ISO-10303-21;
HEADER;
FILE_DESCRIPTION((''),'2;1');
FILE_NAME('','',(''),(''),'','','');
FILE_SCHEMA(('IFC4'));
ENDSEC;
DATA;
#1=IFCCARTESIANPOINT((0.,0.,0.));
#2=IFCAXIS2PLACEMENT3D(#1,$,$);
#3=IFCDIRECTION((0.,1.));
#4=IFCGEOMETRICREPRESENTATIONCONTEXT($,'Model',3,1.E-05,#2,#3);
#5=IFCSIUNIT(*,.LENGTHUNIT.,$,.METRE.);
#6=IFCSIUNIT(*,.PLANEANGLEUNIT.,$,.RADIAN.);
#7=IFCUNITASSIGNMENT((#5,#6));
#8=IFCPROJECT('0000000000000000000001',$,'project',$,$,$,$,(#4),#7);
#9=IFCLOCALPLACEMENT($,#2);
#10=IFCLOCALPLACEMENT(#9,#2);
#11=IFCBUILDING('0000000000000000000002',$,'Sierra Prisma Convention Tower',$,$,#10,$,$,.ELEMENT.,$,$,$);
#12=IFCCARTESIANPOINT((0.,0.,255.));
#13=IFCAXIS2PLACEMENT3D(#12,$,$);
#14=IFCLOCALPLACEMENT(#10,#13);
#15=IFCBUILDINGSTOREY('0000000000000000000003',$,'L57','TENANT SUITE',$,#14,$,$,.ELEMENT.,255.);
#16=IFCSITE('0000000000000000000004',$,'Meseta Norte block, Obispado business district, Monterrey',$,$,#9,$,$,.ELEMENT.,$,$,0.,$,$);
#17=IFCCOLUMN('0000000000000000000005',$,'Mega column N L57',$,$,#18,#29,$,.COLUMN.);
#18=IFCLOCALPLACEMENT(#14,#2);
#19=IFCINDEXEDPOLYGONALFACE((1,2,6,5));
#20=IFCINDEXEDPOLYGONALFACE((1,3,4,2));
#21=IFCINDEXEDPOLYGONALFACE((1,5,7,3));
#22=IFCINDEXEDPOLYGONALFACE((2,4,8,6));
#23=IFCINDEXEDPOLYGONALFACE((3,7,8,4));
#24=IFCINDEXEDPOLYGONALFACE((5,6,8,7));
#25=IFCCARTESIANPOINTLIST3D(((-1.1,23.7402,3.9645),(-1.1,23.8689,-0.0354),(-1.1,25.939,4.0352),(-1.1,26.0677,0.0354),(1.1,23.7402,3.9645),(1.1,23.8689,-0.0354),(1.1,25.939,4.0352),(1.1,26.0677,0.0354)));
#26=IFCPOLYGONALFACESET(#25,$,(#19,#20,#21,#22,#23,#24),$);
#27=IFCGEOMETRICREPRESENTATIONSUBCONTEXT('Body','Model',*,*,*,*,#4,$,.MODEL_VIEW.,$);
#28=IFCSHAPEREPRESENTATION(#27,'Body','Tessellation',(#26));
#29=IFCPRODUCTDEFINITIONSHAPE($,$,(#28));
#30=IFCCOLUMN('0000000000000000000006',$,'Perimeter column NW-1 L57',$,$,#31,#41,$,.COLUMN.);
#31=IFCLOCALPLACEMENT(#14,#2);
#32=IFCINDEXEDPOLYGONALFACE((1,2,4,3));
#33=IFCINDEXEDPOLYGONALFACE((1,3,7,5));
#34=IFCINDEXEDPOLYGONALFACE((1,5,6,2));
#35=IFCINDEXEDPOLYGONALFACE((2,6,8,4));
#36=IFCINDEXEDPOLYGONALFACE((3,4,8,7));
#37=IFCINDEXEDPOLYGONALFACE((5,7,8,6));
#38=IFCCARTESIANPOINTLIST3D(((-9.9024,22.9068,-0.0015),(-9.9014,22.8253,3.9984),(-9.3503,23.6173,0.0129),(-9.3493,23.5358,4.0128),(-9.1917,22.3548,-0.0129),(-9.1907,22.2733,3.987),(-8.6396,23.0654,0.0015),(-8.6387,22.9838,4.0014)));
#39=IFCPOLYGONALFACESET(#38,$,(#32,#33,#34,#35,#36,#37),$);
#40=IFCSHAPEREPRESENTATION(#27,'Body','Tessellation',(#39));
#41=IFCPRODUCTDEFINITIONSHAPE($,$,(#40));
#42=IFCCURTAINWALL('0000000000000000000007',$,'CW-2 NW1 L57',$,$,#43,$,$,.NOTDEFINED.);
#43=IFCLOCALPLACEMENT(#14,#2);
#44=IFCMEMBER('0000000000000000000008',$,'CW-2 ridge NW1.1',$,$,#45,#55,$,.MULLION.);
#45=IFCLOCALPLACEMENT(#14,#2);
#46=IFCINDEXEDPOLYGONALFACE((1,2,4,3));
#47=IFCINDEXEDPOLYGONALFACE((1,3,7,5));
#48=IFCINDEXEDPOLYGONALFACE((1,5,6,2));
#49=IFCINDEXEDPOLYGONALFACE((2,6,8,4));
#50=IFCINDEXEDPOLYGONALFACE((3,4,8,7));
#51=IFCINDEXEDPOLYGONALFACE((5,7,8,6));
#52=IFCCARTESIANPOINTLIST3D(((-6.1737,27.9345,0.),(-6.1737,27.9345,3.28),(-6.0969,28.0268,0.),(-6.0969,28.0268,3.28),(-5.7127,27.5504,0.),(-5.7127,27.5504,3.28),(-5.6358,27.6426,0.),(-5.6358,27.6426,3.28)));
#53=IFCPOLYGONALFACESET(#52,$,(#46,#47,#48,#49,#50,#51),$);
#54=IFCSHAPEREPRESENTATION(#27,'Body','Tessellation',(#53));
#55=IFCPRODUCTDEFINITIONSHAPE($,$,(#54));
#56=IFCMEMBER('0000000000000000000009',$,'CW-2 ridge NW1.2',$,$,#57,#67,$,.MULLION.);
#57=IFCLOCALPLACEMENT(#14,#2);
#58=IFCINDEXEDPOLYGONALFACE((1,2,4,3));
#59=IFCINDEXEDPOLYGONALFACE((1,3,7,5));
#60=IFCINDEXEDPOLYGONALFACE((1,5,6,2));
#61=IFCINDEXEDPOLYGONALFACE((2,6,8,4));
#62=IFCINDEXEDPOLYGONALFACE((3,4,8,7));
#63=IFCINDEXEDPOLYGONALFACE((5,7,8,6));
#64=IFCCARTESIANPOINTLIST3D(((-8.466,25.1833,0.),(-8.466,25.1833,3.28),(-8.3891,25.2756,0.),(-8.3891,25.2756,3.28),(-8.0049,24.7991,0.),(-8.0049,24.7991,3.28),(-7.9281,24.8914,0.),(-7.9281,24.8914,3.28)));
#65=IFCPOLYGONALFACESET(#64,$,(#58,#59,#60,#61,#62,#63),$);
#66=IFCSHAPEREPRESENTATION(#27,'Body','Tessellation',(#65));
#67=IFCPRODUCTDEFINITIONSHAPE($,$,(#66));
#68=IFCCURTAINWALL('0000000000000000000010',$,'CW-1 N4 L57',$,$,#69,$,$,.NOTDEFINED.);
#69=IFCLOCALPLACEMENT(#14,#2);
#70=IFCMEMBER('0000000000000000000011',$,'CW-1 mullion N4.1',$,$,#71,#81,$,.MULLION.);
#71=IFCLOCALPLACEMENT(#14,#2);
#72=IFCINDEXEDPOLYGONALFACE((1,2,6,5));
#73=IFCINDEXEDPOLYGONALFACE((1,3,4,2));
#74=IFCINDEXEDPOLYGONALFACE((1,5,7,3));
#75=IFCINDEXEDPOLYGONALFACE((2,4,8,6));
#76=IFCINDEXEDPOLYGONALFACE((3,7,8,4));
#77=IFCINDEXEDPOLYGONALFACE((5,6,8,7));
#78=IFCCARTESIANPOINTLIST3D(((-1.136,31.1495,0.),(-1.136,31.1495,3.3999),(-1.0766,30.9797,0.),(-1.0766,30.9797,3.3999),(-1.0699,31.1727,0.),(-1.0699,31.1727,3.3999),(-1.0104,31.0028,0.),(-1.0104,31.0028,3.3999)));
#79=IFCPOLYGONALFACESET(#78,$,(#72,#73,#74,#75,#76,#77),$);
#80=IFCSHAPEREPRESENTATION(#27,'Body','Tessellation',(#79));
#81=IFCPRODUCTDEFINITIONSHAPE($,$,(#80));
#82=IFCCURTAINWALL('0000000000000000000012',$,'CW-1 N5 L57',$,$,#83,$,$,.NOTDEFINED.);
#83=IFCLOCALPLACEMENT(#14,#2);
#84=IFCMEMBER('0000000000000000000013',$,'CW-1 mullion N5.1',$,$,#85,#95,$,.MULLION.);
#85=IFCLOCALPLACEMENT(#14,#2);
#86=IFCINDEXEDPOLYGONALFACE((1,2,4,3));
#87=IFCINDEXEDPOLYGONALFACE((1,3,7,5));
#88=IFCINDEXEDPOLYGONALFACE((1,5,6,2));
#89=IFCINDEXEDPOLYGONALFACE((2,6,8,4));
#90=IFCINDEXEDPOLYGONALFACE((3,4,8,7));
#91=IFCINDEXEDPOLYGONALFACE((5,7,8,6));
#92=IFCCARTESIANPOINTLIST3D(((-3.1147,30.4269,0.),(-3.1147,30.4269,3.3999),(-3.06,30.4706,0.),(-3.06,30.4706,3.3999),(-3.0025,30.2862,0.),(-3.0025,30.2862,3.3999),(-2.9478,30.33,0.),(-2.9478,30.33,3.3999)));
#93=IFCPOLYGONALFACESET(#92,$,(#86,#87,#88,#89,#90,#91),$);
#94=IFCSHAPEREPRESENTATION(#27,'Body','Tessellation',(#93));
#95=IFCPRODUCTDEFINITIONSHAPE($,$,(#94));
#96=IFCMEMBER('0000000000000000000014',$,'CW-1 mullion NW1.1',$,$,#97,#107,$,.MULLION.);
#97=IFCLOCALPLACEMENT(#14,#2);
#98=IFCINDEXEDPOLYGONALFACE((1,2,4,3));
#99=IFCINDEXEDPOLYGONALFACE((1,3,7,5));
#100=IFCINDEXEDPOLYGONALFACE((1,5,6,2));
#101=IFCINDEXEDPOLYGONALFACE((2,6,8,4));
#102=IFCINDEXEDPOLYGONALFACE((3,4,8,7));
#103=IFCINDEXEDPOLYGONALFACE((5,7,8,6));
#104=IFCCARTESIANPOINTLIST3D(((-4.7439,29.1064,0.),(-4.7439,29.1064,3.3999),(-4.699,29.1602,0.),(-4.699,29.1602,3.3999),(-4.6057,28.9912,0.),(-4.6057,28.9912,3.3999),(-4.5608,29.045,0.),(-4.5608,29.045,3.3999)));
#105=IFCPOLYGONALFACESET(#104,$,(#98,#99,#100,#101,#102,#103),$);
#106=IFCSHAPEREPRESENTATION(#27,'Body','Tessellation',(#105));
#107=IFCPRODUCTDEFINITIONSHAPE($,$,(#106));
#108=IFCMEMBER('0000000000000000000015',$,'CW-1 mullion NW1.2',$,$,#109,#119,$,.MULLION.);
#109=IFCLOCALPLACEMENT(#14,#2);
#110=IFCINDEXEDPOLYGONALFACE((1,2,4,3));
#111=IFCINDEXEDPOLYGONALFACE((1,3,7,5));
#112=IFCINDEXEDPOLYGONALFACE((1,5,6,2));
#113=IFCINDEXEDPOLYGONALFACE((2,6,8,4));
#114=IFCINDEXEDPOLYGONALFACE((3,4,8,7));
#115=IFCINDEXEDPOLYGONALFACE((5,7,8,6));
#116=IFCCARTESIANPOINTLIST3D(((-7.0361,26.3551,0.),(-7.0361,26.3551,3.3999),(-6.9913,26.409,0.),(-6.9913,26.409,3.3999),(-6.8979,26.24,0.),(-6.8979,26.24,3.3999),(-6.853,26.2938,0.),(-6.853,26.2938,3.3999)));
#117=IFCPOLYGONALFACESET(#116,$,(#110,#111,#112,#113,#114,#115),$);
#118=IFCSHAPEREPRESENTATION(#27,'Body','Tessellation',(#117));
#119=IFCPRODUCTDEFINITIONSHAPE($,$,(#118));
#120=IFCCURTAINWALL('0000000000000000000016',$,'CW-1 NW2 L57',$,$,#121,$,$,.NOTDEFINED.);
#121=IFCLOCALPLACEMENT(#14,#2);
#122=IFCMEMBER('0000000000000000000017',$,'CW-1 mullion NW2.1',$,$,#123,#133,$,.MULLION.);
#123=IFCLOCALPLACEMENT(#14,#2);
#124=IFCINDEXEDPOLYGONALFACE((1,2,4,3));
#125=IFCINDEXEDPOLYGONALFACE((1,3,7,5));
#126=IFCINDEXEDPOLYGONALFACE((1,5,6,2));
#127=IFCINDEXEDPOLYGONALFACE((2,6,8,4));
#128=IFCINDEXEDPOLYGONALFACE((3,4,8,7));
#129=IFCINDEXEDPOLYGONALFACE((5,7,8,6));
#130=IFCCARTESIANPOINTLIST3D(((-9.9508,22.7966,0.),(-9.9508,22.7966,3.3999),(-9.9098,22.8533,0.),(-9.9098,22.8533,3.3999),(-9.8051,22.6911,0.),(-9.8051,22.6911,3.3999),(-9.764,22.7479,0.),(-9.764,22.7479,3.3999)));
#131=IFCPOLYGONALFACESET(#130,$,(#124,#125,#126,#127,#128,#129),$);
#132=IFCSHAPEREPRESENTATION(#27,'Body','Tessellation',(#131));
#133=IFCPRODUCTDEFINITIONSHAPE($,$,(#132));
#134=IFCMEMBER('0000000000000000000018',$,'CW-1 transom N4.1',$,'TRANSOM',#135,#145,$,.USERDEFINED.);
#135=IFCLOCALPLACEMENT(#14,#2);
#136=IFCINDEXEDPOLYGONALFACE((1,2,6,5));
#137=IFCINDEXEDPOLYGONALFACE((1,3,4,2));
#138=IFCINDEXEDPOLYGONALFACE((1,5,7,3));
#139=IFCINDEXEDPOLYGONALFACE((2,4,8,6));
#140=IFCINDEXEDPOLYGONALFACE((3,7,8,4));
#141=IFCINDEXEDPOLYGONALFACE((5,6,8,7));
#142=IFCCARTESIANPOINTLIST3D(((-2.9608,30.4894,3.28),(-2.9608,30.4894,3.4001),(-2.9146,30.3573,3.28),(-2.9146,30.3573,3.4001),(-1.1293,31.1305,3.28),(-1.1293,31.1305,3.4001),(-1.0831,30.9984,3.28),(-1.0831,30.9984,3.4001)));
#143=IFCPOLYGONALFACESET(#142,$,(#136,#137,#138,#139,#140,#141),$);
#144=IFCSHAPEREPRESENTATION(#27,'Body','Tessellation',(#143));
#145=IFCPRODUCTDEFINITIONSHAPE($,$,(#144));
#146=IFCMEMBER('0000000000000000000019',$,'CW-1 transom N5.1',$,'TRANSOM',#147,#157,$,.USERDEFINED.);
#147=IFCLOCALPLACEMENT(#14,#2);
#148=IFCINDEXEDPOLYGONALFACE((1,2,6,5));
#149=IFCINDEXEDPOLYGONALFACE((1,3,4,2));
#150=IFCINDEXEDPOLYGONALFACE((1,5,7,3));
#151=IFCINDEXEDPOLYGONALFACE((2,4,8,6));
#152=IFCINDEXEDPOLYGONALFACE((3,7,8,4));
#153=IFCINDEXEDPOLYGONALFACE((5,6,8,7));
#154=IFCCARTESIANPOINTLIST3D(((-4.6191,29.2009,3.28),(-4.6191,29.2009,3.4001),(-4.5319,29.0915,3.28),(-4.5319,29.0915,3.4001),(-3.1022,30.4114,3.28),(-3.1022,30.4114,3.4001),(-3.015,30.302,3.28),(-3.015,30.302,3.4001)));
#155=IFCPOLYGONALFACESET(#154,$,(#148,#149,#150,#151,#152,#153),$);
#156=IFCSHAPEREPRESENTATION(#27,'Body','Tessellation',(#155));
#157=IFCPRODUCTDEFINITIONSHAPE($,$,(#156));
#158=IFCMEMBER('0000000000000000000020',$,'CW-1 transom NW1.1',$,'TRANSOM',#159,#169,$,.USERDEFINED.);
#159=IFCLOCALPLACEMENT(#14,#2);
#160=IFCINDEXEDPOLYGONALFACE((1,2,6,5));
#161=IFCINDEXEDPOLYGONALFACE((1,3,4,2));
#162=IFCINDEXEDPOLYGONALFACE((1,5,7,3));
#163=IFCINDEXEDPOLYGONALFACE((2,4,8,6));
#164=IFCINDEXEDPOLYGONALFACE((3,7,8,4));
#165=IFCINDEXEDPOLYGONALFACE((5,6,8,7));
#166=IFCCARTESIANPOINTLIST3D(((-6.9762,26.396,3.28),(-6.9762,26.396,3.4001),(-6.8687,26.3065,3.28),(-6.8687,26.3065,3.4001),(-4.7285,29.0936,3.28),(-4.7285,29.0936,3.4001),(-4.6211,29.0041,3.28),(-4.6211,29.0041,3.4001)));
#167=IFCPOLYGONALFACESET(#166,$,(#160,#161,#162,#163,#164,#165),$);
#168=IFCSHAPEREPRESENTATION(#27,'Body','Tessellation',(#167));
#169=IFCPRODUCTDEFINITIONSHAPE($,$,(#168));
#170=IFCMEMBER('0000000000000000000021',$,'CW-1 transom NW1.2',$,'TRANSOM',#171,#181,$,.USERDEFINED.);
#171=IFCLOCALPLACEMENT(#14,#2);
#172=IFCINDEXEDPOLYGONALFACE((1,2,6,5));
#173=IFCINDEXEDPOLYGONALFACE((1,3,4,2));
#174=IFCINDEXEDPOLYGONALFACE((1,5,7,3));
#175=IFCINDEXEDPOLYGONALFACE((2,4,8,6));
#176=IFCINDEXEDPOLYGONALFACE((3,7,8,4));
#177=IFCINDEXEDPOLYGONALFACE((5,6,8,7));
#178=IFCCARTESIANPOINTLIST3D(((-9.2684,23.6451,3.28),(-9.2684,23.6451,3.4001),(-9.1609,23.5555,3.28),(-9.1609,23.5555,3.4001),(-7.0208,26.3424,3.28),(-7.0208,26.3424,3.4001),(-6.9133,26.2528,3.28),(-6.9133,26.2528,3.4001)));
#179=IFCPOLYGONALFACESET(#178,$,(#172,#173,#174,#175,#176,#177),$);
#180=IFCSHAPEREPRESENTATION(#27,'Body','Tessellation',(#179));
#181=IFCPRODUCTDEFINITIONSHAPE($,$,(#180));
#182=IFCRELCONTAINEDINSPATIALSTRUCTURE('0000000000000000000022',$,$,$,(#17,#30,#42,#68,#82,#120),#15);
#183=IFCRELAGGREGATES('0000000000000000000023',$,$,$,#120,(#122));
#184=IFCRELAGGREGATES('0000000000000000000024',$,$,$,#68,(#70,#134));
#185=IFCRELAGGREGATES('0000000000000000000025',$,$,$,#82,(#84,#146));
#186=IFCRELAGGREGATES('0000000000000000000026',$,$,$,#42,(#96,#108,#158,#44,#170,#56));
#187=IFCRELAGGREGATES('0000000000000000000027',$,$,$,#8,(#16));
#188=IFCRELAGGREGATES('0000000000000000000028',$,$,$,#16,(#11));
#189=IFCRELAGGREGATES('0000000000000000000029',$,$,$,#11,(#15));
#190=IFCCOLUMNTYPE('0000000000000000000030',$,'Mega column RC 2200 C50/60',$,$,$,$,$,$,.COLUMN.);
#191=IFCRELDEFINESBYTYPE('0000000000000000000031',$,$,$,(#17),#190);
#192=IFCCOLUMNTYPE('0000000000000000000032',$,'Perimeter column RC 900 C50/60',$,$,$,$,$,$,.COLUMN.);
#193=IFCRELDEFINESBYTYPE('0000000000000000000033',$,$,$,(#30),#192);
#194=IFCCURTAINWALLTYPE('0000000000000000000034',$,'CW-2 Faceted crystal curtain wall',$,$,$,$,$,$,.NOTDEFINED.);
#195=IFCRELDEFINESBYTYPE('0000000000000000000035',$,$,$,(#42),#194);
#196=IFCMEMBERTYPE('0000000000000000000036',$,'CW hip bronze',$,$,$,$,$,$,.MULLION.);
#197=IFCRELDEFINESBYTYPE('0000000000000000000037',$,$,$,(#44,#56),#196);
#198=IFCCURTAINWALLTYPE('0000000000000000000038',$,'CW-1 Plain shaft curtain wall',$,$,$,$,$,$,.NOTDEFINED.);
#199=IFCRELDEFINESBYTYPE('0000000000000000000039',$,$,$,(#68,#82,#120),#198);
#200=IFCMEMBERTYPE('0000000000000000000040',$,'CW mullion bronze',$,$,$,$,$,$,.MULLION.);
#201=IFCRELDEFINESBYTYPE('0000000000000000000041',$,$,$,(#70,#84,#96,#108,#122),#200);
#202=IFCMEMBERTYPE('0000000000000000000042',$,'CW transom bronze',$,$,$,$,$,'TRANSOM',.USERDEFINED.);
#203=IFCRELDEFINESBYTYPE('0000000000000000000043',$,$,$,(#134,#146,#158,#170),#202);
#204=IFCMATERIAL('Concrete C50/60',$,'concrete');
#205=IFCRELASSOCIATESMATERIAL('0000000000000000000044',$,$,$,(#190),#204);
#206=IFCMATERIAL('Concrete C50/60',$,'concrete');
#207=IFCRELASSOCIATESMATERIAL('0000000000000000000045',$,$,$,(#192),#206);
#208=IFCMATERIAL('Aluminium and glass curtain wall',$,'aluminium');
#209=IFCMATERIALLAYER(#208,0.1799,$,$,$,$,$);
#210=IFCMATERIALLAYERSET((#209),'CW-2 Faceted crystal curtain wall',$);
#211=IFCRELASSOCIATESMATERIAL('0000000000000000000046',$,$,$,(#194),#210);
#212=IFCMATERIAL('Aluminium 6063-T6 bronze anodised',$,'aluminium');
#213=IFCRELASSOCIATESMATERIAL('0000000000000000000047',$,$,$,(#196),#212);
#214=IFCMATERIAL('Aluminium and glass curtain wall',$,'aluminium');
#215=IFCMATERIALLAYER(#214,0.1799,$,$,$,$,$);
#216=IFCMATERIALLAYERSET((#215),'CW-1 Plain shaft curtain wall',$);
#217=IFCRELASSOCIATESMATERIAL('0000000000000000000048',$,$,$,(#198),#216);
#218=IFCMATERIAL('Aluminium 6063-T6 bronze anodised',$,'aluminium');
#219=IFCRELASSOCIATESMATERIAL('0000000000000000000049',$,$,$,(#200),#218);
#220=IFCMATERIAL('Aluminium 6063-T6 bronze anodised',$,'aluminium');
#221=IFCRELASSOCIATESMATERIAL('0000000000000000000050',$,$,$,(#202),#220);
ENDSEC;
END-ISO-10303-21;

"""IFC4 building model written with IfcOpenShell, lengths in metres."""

from ifc_helpers import new_model, si_unit, direction, frame, origin, origin_2d, place, context, subcontext, project, spatial, rectangle, extrude, material, layer, layer_set, material_profile, profile_set, type_object, element, aggregate, save


model = new_model("IFC4")

# Units and contexts
model_context = context("Model", 3, precision=1e-05, world=origin(), true_north=direction((0.0, 1.0)))
body_context = subcontext(model_context, "Body", "Model", "MODEL_VIEW")
ifc_project = project(units=[si_unit("LENGTHUNIT", "METRE"), si_unit("PLANEANGLEUNIT", "RADIAN")], contexts=[model_context])

# Site, building, storey
site_placement = place(None, origin())
site = spatial("IfcSite", under=ifc_project, at=site_placement, Name="Meseta Norte block, Obispado business district, Monterrey", CompositionType="ELEMENT", RefElevation=0.0)
building_placement = place(site_placement, origin())
building = spatial("IfcBuilding", under=site, at=building_placement, Name="Sierra Prisma Convention Tower", CompositionType="ELEMENT")
storey_placement = place(building_placement, frame((0.0, 0.0, 255.0)))
storey = spatial("IfcBuildingStorey", under=building, at=storey_placement, Name="L57", Description="TENANT SUITE", CompositionType="ELEMENT", Elevation=255.0)

# Columns
ifc_material_1 = material(Name="Concrete C50/60", Category="concrete")
ifc_material_profile_1 = material_profile(ifc_material_1, rectangle(XDim=2.2, YDim=2.2, at=origin_2d()), Name="Mega column RC 2200 C50/60")
ifc_profile_set_1 = profile_set([ifc_material_profile_1], Name="Concrete C50/60")
column_type_1 = type_object("IfcColumnType", Name="Mega column RC 2200 C50/60", PredefinedType="COLUMN", material=ifc_profile_set_1)
column_1_placement = place(storey_placement, frame((0.0, 24.9683, 0.0), z_axis=(0.0, -0.032149, 0.999483), x_axis=(1.0, 0.0, 0.0)))
element("IfcColumn", 1, at=column_1_placement, inside=storey, type_object=column_type_1, Name="Mega column N L57", PredefinedType="COLUMN", context=body_context, shape_type="SweptSolid", body=[
    extrude(rectangle(XDim=2.2, YDim=2.2, at=origin_2d()), origin(), (0.0, 0.0, 1.0), 4.002),
])
ifc_material_2 = material(Name="Concrete C50/60", Category="concrete")
ifc_material_profile_2 = material_profile(ifc_material_2, rectangle(XDim=0.8999, YDim=0.8999, at=origin_2d()), Name="Perimeter column RC 900 C50/60")
ifc_profile_set_2 = profile_set([ifc_material_profile_2], Name="Concrete C50/60")
column_type_2 = type_object("IfcColumnType", Name="Perimeter column RC 900 C50/60", PredefinedType="COLUMN", material=ifc_profile_set_2)
column_2_placement = place(storey_placement, frame((-9.271, 22.9861, 0.0), z_axis=(0.000244, -0.020382, 0.999792), x_axis=(0.613475, 0.789553, 0.015946)))
element("IfcColumn", 2, at=column_2_placement, inside=storey, type_object=column_type_2, Name="Perimeter column NW-1 L57", PredefinedType="COLUMN", context=body_context, shape_type="SweptSolid", body=[
    extrude(rectangle(XDim=0.8999, YDim=0.8999, at=origin_2d()), origin(), (0.0, 0.0, 1.0), 4.0007),
])

# Curtain wall, members
ifc_material_3 = material(Name="Aluminium and glass curtain wall", Category="aluminium")
ifc_layer_1 = layer(ifc_material_3, 0.1799)
ifc_layer_set_1 = layer_set([ifc_layer_1], Name="CW-2 Faceted crystal curtain wall")
curtain_wall_type_1 = type_object("IfcCurtainWallType", Name="CW-2 Faceted crystal curtain wall", PredefinedType="NOTDEFINED", material=ifc_layer_set_1)
curtain_wall_1_placement = place(storey_placement, origin())
curtain_wall_1 = element("IfcCurtainWall", 3, at=curtain_wall_1_placement, inside=storey, type_object=curtain_wall_type_1, Name="CW-2 NW1 L57", PredefinedType="NOTDEFINED")
ifc_material_4 = material(Name="Aluminium 6063-T6 bronze anodised", Category="aluminium")
ifc_material_profile_3 = material_profile(ifc_material_4, rectangle(XDim=0.1201, YDim=0.6001, at=origin_2d()), Name="ALU RIDGE BLADE 120x600")
ifc_profile_set_3 = profile_set([ifc_material_profile_3], Name="Aluminium 6063-T6 bronze anodised")
member_type_1 = type_object("IfcMemberType", Name="CW hip bronze", PredefinedType="MULLION", material=ifc_profile_set_3)
member_1_placement = place(storey_placement, frame((-5.9048, 27.7886, 0.0), z_axis=(0.0, 0.0, 1.0), x_axis=(-0.64013, -0.768267, 0.0)))
member_1 = element("IfcMember", 4, at=member_1_placement, type_object=member_type_1, Name="CW-2 ridge NW1.1", PredefinedType="MULLION", context=body_context, shape_type="SweptSolid", body=[
    extrude(rectangle(XDim=0.1201, YDim=0.6001, at=origin_2d()), origin(), (0.0, 0.0, 1.0), 3.28),
])
member_2_placement = place(storey_placement, frame((-8.197, 25.0374, 0.0), z_axis=(0.0, 0.0, 1.0), x_axis=(-0.64013, -0.768267, 0.0)))
member_2 = element("IfcMember", 5, at=member_2_placement, type_object=member_type_1, Name="CW-2 ridge NW1.2", PredefinedType="MULLION", context=body_context, shape_type="SweptSolid", body=[
    extrude(rectangle(XDim=0.1201, YDim=0.6001, at=origin_2d()), origin(), (0.0, 0.0, 1.0), 3.28),
])

# Curtain walls, members
ifc_material_5 = material(Name="Aluminium and glass curtain wall", Category="aluminium")
ifc_layer_2 = layer(ifc_material_5, 0.1799)
ifc_layer_set_2 = layer_set([ifc_layer_2], Name="CW-1 Plain shaft curtain wall")
curtain_wall_type_2 = type_object("IfcCurtainWallType", Name="CW-1 Plain shaft curtain wall", PredefinedType="NOTDEFINED", material=ifc_layer_set_2)
curtain_wall_2_placement = place(storey_placement, origin())
curtain_wall_2 = element("IfcCurtainWall", 6, at=curtain_wall_2_placement, inside=storey, type_object=curtain_wall_type_2, Name="CW-1 N4 L57", PredefinedType="NOTDEFINED")
ifc_material_6 = material(Name="Aluminium 6063-T6 bronze anodised", Category="aluminium")
ifc_material_profile_4 = material_profile(ifc_material_6, rectangle(XDim=0.1799, YDim=0.0701, at=origin_2d()), Name="ALU MULLION 70x180")
ifc_profile_set_4 = profile_set([ifc_material_profile_4], Name="Aluminium 6063-T6 bronze anodised")
member_type_2 = type_object("IfcMemberType", Name="CW mullion bronze", PredefinedType="MULLION", material=ifc_profile_set_4)
member_3_placement = place(storey_placement, frame((-1.0732, 31.0762, 0.0), z_axis=(0.0, 0.0, 1.0), x_axis=(0.330437, -0.943828, 0.0)))
member_3 = element("IfcMember", 7, at=member_3_placement, type_object=member_type_2, Name="CW-1 mullion N4.1", PredefinedType="MULLION", context=body_context, shape_type="SweptSolid", body=[
    extrude(rectangle(XDim=0.1799, YDim=0.0701, at=origin_2d()), origin(), (0.0, 0.0, 1.0), 3.3999),
])
curtain_wall_3_placement = place(storey_placement, origin())
curtain_wall_3 = element("IfcCurtainWall", 8, at=curtain_wall_3_placement, inside=storey, type_object=curtain_wall_type_2, Name="CW-1 N5 L57", PredefinedType="NOTDEFINED")
member_4_placement = place(storey_placement, frame((-3.0312, 30.3784, 0.0), z_axis=(0.0, 0.0, 1.0), x_axis=(0.623751, -0.781623, 0.0)))
member_4 = element("IfcMember", 9, at=member_4_placement, type_object=member_type_2, Name="CW-1 mullion N5.1", PredefinedType="MULLION", context=body_context, shape_type="SweptSolid", body=[
    extrude(rectangle(XDim=0.1799, YDim=0.0701, at=origin_2d()), origin(), (0.0, 0.0, 1.0), 3.3999),
])

# Members
member_5_placement = place(storey_placement, frame((-4.6523, 29.0757, 0.0), z_axis=(0.0, 0.0, 1.0), x_axis=(0.768267, -0.64013, 0.0)))
member_5 = element("IfcMember", 10, at=member_5_placement, type_object=member_type_2, Name="CW-1 mullion NW1.1", PredefinedType="MULLION", context=body_context, shape_type="SweptSolid", body=[
    extrude(rectangle(XDim=0.1799, YDim=0.0701, at=origin_2d()), origin(), (0.0, 0.0, 1.0), 3.3999),
])
member_6_placement = place(storey_placement, frame((-6.9446, 26.3245, 0.0), z_axis=(0.0, 0.0, 1.0), x_axis=(0.768267, -0.64013, 0.0)))
member_6 = element("IfcMember", 11, at=member_6_placement, type_object=member_type_2, Name="CW-1 mullion NW1.2", PredefinedType="MULLION", context=body_context, shape_type="SweptSolid", body=[
    extrude(rectangle(XDim=0.1799, YDim=0.0701, at=origin_2d()), origin(), (0.0, 0.0, 1.0), 3.3999),
])

# Curtain wall, member
curtain_wall_4_placement = place(storey_placement, origin())
curtain_wall_4 = element("IfcCurtainWall", 12, at=curtain_wall_4_placement, inside=storey, type_object=curtain_wall_type_2, Name="CW-1 NW2 L57", PredefinedType="NOTDEFINED")
member_7_placement = place(storey_placement, frame((-9.8574, 22.7722, 0.0), z_axis=(0.0, 0.0, 1.0), x_axis=(0.810237, -0.586102, 0.0)))
member_7 = element("IfcMember", 13, at=member_7_placement, type_object=member_type_2, Name="CW-1 mullion NW2.1", PredefinedType="MULLION", context=body_context, shape_type="SweptSolid", body=[
    extrude(rectangle(XDim=0.1799, YDim=0.0701, at=origin_2d()), origin(), (0.0, 0.0, 1.0), 3.3999),
])
aggregate(curtain_wall_4, [member_7])

# Members
ifc_material_7 = material(Name="Aluminium 6063-T6 bronze anodised", Category="aluminium")
ifc_material_profile_5 = material_profile(ifc_material_7, rectangle(XDim=0.1399, YDim=0.1201, at=origin_2d()), Name="ALU TRANSOM 120x140")
ifc_profile_set_5 = profile_set([ifc_material_profile_5], Name="Aluminium 6063-T6 bronze anodised")
member_type_3 = type_object("IfcMemberType", Name="CW transom bronze", ElementType="TRANSOM", PredefinedType="USERDEFINED", material=ifc_profile_set_5)
member_8_placement = place(storey_placement, frame((-1.1062, 31.0645, 3.3401), z_axis=(-0.943847, -0.330384, 0.0), x_axis=(0.330384, -0.943847, 0.0)))
member_8 = element("IfcMember", 14, at=member_8_placement, type_object=member_type_3, Name="CW-1 transom N4.1", ObjectType="TRANSOM", PredefinedType="USERDEFINED", context=body_context, shape_type="SweptSolid", body=[
    extrude(rectangle(XDim=0.1399, YDim=0.1201, at=origin_2d()), origin(), (0.0, 0.0, 1.0), 1.9404),
])
member_9_placement = place(storey_placement, frame((-3.0586, 30.3567, 3.3401), z_axis=(-0.781629, -0.623743, 0.0), x_axis=(0.623743, -0.781629, 0.0)))
member_9 = element("IfcMember", 15, at=member_9_placement, type_object=member_type_3, Name="CW-1 transom N5.1", ObjectType="TRANSOM", PredefinedType="USERDEFINED", context=body_context, shape_type="SweptSolid", body=[
    extrude(rectangle(XDim=0.1399, YDim=0.1201, at=origin_2d()), origin(), (0.0, 0.0, 1.0), 1.9407),
])
member_10_placement = place(storey_placement, frame((-4.6748, 29.0488, 3.3401), z_axis=(-0.640123, -0.768273, 0.0), x_axis=(0.768273, -0.640123, 0.0)))
member_10 = element("IfcMember", 16, at=member_10_placement, type_object=member_type_3, Name="CW-1 transom NW1.1", ObjectType="TRANSOM", PredefinedType="USERDEFINED", context=body_context, shape_type="SweptSolid", body=[
    extrude(rectangle(XDim=0.1399, YDim=0.1201, at=origin_2d()), origin(), (0.0, 0.0, 1.0), 3.5112),
])
member_11_placement = place(storey_placement, frame((-6.967, 26.2976, 3.3401), z_axis=(-0.640157, -0.768244, 0.0), x_axis=(0.768244, -0.640157, 0.0)))
member_11 = element("IfcMember", 17, at=member_11_placement, type_object=member_type_3, Name="CW-1 transom NW1.2", ObjectType="TRANSOM", PredefinedType="USERDEFINED", context=body_context, shape_type="SweptSolid", body=[
    extrude(rectangle(XDim=0.1399, YDim=0.1201, at=origin_2d()), origin(), (0.0, 0.0, 1.0), 3.511),
])

aggregate(curtain_wall_2, [member_3, member_8])
aggregate(curtain_wall_3, [member_4, member_9])
aggregate(curtain_wall_1, [member_5, member_6, member_10, member_1, member_11, member_2])

save(model, "model.ifc")
